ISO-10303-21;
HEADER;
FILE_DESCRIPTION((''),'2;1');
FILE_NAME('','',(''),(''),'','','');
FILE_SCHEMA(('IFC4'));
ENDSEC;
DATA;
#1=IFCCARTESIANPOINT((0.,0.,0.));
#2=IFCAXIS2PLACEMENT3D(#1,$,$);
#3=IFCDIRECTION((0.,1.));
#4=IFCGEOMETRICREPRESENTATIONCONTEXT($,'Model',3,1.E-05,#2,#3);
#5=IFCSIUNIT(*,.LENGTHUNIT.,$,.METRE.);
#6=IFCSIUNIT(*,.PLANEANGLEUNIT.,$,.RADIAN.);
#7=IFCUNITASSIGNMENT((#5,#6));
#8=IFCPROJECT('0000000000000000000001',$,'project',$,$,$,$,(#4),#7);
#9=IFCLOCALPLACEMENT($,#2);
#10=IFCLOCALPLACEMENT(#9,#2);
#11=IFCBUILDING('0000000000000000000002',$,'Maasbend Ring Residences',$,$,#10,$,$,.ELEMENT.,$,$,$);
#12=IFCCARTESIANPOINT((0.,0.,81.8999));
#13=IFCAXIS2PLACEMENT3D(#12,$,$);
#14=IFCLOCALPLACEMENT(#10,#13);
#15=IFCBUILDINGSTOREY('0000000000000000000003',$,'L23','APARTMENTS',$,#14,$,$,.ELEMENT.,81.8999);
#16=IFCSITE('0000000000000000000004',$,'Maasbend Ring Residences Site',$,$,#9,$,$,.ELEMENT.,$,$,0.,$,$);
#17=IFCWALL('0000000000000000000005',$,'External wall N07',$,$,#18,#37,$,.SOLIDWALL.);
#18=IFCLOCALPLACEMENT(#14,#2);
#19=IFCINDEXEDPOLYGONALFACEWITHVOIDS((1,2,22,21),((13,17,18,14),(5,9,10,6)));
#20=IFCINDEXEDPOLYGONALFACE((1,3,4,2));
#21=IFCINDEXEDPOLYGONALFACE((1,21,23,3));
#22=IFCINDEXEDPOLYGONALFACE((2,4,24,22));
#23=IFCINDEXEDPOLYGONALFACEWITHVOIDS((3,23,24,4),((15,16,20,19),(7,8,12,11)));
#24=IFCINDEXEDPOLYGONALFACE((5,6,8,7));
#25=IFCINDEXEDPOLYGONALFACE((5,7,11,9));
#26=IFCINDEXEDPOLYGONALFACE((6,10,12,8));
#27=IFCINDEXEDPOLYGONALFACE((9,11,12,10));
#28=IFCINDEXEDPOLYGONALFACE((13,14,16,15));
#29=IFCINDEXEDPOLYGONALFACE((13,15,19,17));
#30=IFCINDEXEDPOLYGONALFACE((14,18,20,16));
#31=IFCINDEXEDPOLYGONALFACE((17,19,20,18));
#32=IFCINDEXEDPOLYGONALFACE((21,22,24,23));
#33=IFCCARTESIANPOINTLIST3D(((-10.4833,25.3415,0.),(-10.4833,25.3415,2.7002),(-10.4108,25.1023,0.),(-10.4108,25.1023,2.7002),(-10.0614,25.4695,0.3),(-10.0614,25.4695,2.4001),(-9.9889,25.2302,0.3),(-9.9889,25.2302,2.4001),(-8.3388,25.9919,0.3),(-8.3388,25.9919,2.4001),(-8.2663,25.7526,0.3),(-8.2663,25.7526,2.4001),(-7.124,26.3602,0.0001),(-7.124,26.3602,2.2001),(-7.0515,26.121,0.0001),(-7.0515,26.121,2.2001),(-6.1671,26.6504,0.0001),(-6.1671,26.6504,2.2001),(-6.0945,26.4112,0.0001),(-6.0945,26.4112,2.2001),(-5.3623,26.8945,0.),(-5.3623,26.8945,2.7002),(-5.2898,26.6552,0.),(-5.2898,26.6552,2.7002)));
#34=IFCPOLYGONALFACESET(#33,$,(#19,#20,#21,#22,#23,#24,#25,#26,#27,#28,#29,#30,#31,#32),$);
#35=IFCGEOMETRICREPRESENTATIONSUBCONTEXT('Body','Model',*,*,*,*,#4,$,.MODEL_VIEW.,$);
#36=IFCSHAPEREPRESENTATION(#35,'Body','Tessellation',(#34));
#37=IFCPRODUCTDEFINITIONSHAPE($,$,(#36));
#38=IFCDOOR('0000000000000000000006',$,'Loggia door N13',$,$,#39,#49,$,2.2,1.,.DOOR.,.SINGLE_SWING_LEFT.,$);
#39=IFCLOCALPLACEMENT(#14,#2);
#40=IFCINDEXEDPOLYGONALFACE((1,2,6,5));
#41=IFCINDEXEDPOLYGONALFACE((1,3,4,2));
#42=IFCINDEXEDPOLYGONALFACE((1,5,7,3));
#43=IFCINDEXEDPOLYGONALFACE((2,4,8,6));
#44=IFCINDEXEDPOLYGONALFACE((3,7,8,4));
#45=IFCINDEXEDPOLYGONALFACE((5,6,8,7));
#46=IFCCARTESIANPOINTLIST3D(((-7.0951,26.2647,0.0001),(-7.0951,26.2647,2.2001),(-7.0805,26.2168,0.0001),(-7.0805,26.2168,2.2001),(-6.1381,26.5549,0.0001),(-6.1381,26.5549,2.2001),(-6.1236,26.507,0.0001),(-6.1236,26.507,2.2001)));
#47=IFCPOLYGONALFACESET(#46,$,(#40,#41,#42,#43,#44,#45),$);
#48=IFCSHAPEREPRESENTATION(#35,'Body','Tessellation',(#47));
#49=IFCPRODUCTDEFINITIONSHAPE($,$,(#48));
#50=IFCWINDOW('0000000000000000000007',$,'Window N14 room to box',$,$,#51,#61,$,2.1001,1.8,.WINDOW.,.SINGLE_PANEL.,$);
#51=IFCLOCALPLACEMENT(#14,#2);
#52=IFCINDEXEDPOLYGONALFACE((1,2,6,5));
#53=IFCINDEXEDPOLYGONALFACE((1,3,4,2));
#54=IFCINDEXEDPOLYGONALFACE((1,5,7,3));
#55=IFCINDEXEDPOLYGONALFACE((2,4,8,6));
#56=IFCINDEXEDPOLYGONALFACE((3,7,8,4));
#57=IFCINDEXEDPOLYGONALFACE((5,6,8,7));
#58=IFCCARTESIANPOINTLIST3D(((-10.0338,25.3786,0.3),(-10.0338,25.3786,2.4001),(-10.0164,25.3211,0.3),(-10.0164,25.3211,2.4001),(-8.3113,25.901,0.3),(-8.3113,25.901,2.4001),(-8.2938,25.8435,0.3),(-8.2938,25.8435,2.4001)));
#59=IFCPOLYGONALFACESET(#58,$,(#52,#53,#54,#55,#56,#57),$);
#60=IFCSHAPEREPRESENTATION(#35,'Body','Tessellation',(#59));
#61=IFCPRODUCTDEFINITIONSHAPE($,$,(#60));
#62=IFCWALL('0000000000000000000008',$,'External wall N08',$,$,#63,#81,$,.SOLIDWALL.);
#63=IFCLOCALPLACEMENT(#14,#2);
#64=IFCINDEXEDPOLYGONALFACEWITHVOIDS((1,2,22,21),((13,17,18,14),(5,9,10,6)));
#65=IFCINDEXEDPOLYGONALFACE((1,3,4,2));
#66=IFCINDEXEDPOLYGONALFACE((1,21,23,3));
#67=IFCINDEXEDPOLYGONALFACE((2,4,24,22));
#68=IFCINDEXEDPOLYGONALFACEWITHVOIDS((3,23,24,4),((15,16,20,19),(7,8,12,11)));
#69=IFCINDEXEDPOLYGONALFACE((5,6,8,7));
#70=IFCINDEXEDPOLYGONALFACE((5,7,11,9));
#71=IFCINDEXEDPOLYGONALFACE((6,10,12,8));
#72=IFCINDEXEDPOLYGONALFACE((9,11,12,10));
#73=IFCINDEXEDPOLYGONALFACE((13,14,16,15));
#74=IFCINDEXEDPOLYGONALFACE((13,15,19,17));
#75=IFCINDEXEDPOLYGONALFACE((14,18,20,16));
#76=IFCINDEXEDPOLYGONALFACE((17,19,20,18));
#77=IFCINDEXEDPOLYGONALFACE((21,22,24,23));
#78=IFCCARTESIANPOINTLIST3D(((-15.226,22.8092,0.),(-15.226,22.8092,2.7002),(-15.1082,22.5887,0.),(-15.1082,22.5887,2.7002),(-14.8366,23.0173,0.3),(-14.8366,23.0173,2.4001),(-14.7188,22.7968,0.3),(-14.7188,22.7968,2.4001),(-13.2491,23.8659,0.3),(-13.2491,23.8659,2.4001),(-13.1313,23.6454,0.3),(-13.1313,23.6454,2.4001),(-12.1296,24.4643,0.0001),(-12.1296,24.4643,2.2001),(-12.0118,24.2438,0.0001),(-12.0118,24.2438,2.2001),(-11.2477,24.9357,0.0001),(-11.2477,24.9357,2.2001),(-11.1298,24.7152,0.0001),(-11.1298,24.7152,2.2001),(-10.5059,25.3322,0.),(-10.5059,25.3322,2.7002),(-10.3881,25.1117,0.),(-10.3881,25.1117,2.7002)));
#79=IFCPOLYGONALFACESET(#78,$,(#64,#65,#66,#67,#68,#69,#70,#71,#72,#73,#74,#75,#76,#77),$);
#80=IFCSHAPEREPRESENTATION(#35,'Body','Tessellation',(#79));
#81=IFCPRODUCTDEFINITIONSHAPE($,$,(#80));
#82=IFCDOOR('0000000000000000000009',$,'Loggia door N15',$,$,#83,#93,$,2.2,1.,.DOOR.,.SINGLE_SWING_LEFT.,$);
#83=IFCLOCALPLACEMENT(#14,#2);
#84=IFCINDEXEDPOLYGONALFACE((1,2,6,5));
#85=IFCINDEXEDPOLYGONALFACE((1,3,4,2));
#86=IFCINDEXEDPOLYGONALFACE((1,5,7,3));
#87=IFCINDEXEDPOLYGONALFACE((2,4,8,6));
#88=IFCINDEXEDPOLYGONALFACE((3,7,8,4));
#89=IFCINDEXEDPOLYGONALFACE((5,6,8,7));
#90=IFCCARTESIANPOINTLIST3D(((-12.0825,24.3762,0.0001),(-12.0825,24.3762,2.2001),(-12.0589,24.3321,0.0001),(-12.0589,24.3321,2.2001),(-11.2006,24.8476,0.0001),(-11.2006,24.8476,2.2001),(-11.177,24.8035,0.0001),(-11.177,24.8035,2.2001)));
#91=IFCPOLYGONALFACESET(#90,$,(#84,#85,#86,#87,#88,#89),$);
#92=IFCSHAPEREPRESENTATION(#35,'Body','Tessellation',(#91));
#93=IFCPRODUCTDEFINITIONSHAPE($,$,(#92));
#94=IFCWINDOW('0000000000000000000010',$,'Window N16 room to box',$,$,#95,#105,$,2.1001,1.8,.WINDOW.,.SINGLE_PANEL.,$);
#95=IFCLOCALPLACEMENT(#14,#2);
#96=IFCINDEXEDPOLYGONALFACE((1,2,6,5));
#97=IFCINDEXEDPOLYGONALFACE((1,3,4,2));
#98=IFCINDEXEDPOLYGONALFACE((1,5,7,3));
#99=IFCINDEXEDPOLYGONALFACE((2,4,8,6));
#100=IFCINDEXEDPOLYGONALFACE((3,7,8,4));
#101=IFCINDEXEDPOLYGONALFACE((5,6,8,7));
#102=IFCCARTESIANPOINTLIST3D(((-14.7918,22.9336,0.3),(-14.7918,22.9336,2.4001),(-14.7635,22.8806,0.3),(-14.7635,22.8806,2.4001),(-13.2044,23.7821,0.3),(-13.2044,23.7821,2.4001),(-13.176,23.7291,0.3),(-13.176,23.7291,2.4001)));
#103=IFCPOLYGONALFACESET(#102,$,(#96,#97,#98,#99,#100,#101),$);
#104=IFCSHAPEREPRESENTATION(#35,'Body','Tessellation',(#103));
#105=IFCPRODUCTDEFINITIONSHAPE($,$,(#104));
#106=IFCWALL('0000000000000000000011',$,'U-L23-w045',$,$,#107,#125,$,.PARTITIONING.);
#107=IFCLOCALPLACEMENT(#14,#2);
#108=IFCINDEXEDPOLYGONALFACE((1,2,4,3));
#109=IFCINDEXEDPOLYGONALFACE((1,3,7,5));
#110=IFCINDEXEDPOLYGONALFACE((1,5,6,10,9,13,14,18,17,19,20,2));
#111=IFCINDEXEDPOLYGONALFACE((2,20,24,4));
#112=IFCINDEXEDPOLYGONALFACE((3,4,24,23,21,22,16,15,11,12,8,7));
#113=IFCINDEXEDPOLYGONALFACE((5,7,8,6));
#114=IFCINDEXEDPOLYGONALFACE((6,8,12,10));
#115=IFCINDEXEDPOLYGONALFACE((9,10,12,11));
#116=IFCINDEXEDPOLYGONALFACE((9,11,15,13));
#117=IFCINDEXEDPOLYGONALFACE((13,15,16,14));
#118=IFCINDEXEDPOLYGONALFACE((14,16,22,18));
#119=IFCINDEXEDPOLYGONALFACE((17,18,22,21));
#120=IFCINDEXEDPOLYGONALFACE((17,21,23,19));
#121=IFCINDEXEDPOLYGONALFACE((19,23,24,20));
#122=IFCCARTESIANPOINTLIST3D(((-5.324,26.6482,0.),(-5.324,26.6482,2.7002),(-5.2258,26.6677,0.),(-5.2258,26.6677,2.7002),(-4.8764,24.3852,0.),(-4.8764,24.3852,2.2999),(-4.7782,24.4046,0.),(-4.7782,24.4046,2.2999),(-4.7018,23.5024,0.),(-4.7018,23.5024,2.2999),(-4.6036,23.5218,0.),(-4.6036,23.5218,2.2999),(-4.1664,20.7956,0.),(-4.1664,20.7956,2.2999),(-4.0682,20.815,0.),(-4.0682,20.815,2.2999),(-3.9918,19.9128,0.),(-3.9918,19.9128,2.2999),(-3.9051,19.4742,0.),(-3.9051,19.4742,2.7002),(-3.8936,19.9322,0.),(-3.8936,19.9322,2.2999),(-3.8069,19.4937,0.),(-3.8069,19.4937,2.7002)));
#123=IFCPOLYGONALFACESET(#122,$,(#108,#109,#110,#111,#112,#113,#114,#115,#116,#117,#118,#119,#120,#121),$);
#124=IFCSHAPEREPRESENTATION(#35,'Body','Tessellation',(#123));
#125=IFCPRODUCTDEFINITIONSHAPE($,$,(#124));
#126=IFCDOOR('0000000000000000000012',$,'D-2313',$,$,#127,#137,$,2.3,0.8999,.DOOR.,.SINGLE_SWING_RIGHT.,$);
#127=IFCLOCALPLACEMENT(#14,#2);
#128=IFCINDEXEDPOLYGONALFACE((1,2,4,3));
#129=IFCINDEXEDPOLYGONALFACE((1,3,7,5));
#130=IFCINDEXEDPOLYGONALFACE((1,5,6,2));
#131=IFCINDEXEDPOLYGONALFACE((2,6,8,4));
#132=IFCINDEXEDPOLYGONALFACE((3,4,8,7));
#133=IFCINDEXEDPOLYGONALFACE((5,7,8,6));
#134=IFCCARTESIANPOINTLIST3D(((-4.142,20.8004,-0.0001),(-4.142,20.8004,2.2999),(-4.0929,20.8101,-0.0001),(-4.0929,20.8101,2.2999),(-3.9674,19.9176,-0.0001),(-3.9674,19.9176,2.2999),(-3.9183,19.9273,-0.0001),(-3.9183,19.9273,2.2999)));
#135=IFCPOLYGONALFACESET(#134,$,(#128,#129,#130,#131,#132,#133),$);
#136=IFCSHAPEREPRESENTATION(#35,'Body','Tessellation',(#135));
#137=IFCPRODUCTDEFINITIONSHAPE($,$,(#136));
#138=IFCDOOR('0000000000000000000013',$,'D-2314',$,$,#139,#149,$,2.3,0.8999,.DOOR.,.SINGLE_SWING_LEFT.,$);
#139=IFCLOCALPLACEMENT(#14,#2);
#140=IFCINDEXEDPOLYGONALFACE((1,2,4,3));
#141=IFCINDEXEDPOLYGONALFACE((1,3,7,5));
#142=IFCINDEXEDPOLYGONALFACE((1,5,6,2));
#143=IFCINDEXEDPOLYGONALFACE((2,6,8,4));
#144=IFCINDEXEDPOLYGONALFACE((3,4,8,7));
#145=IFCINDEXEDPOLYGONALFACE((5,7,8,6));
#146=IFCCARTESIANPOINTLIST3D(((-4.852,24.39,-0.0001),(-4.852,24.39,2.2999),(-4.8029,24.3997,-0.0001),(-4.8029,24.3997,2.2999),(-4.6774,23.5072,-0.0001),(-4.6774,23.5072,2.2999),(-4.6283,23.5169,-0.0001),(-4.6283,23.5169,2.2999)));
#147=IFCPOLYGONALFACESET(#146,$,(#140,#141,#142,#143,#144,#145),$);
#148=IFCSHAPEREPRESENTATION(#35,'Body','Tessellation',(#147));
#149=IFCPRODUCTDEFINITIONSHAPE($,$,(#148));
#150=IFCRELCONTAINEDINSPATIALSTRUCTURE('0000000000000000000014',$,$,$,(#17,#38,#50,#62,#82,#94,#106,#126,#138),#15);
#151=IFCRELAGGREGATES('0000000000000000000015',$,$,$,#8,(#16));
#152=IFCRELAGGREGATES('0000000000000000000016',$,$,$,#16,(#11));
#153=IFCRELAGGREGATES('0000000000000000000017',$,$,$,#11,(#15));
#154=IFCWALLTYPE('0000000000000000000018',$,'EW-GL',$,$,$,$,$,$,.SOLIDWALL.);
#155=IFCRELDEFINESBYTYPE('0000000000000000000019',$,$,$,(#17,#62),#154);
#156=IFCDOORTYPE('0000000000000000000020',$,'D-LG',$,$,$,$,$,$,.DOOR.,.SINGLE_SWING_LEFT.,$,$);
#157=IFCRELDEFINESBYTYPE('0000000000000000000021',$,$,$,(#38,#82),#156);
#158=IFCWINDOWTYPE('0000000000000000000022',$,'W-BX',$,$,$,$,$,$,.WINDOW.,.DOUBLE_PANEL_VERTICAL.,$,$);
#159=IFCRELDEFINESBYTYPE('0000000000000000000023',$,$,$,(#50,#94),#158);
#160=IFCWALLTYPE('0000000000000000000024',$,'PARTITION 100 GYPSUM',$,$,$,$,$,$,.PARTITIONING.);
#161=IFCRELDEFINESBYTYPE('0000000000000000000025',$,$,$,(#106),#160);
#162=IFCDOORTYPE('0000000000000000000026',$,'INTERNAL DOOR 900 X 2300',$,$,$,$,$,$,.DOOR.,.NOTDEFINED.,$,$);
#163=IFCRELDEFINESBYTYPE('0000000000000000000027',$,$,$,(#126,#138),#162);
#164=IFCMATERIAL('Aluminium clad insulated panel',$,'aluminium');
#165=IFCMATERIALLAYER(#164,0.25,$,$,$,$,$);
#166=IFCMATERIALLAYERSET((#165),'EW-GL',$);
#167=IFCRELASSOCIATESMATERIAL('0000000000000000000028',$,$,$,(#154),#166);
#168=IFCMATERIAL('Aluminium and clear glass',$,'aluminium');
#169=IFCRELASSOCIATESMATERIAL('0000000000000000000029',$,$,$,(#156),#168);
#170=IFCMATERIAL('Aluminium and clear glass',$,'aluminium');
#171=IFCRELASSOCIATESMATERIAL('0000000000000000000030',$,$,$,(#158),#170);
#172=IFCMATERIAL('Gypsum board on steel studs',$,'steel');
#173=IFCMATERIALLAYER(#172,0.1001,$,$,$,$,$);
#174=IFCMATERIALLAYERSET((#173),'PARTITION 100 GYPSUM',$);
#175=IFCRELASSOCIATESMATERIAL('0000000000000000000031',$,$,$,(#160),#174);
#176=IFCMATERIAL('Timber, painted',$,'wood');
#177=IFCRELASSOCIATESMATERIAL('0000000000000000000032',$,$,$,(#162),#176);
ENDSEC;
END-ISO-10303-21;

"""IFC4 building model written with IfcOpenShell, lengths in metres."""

from ifc_helpers import new_model, si_unit, direction, frame, frame_2d, origin, place, context, subcontext, project, spatial, rectangle, extrude, material, layer, layer_set, type_object, element, fill, save


model = new_model("IFC4")

# Units and contexts
model_context = context("Model", 3, precision=1e-05, world=origin(), true_north=direction((0.0, 1.0)))
body_context = subcontext(model_context, "Body", "Model", "MODEL_VIEW")
ifc_project = project(units=[si_unit("LENGTHUNIT", "METRE"), si_unit("PLANEANGLEUNIT", "RADIAN")], contexts=[model_context])

# Site, building, storey
site_placement = place(None, origin())
site = spatial("IfcSite", under=ifc_project, at=site_placement, Name="Maasbend Ring Residences Site", CompositionType="ELEMENT", RefElevation=0.0)
building_placement = place(site_placement, origin())
building = spatial("IfcBuilding", under=site, at=building_placement, Name="Maasbend Ring Residences", CompositionType="ELEMENT")
storey_placement = place(building_placement, frame((0.0, 0.0, 81.8999)))
storey = spatial("IfcBuildingStorey", under=building, at=storey_placement, Name="L23", Description="APARTMENTS", CompositionType="ELEMENT", Elevation=81.8999)

# Walls, openings, doors, windows
ifc_material_1 = material(Name="Aluminium clad insulated panel", Category="aluminium")
ifc_layer_1 = layer(ifc_material_1, 0.25)
ifc_layer_set_1 = layer_set([ifc_layer_1], Name="EW-GL")
wall_type_1 = type_object("IfcWallType", Name="EW-GL", PredefinedType="SOLIDWALL", material=ifc_layer_set_1)
wall_1_placement = place(storey_placement, frame((-5.3259, 26.7749, 0.0), z_axis=(0.0, 0.0, 1.0), x_axis=(-0.956966, -0.290201, 0.0)))
wall_1 = element("IfcWall", 1, at=wall_1_placement, inside=storey, type_object=wall_type_1, Name="External wall N07", PredefinedType="SOLIDWALL", context=body_context, shape_type="SweptSolid", body=[
    extrude(rectangle(XDim=5.3513, YDim=0.25, at=frame_2d((2.6758, 0.0))), origin(), (0.0, 0.0, 1.0), 2.7002),
])
opening_1_placement = place(wall_1_placement, frame((0.8411, 0.0, 0.0)))
opening_1 = element("IfcOpeningElement", 2, at=opening_1_placement, cuts=wall_1, PredefinedType="OPENING", context=body_context, shape_type="SweptSolid", body=[
    extrude(rectangle(XDim=1.0, YDim=2.2, at=frame_2d((0.5, 1.1001))), frame((0.0, 0.135, 0.0), z_axis=(0.0, -1.0, 0.0), x_axis=(1.0, 0.0, 0.0)), (0.0, 0.0, 1.0), 0.27),
])
opening_2_placement = place(wall_1_placement, frame((3.1106, 0.0, 0.3)))
opening_2 = element("IfcOpeningElement", 3, at=opening_2_placement, cuts=wall_1, PredefinedType="OPENING", context=body_context, shape_type="SweptSolid", body=[
    extrude(rectangle(XDim=1.8, YDim=2.1001, at=frame_2d((0.8999, 1.05))), frame((0.0, 0.135, 0.0), z_axis=(0.0, -1.0, 0.0), x_axis=(1.0, 0.0, 0.0)), (0.0, 0.0, 1.0), 0.27),
])
ifc_material_2 = material(Name="Aluminium and clear glass", Category="aluminium")
door_type_1 = type_object("IfcDoorType", Name="D-LG", OperationType="SINGLE_SWING_LEFT", PredefinedType="DOOR", material=ifc_material_2)
door_1_placement = place(opening_1_placement, origin())
door_1 = element("IfcDoor", 4, at=door_1_placement, inside=storey, type_object=door_type_1, Name="Loggia door N13", OperationType="SINGLE_SWING_LEFT", OverallHeight=2.2, OverallWidth=1.0, PredefinedType="DOOR", context=body_context, shape_type="SweptSolid", body=[
    extrude(rectangle(XDim=1.0, YDim=2.2, at=frame_2d((0.5, 1.1001))), frame((0.0, 0.0249, 0.0), z_axis=(0.0, -1.0, 0.0), x_axis=(1.0, 0.0, 0.0)), (0.0, 0.0, 1.0), 0.05),
])
fill(opening_1, door_1)
ifc_material_3 = material(Name="Aluminium and clear glass", Category="aluminium")
window_type_1 = type_object("IfcWindowType", Name="W-BX", PartitioningType="DOUBLE_PANEL_VERTICAL", PredefinedType="WINDOW", material=ifc_material_3)
window_1_placement = place(opening_2_placement, origin())
window_1 = element("IfcWindow", 5, at=window_1_placement, inside=storey, type_object=window_type_1, Name="Window N14 room to box", OverallHeight=2.1001, OverallWidth=1.8, PartitioningType="SINGLE_PANEL", PredefinedType="WINDOW", context=body_context, shape_type="SweptSolid", body=[
    extrude(rectangle(XDim=1.8, YDim=2.1001, at=frame_2d((0.8999, 1.05))), frame((0.0, 0.03, 0.0), z_axis=(0.0, -1.0, 0.0), x_axis=(1.0, 0.0, 0.0)), (0.0, 0.0, 1.0), 0.0601),
])
fill(opening_2, window_1)
wall_2_placement = place(storey_placement, frame((-10.447, 25.2219, 0.0), z_axis=(0.0, 0.0, 1.0), x_axis=(-0.881916, -0.471407, 0.0)))
wall_2 = element("IfcWall", 6, at=wall_2_placement, inside=storey, type_object=wall_type_1, Name="External wall N08", PredefinedType="SOLIDWALL", context=body_context, shape_type="SweptSolid", body=[
    extrude(rectangle(XDim=5.3521, YDim=0.25, at=frame_2d((2.676, 0.0))), origin(), (0.0, 0.0, 1.0), 2.7002),
])
opening_3_placement = place(wall_2_placement, frame((0.8411, 0.0, 0.0)))
opening_3 = element("IfcOpeningElement", 7, at=opening_3_placement, cuts=wall_2, PredefinedType="OPENING", context=body_context, shape_type="SweptSolid", body=[
    extrude(rectangle(XDim=1.0, YDim=2.2, at=frame_2d((0.5, 1.1001))), frame((0.0, 0.135, 0.0), z_axis=(0.0, -1.0, 0.0), x_axis=(1.0, 0.0, 0.0)), (0.0, 0.0, 1.0), 0.27),
])
opening_4_placement = place(wall_2_placement, frame((3.1106, 0.0, 0.3)))
opening_4 = element("IfcOpeningElement", 8, at=opening_4_placement, cuts=wall_2, PredefinedType="OPENING", context=body_context, shape_type="SweptSolid", body=[
    extrude(rectangle(XDim=1.8, YDim=2.1001, at=frame_2d((0.8999, 1.05))), frame((0.0, 0.135, 0.0), z_axis=(0.0, -1.0, 0.0), x_axis=(1.0, 0.0, 0.0)), (0.0, 0.0, 1.0), 0.27),
])
door_2_placement = place(opening_3_placement, origin())
door_2 = element("IfcDoor", 9, at=door_2_placement, inside=storey, type_object=door_type_1, Name="Loggia door N15", OperationType="SINGLE_SWING_LEFT", OverallHeight=2.2, OverallWidth=1.0, PredefinedType="DOOR", context=body_context, shape_type="SweptSolid", body=[
    extrude(rectangle(XDim=1.0, YDim=2.2, at=frame_2d((0.5, 1.1001))), frame((0.0, 0.0249, 0.0), z_axis=(0.0, -1.0, 0.0), x_axis=(1.0, 0.0, 0.0)), (0.0, 0.0, 1.0), 0.05),
])
fill(opening_3, door_2)
window_2_placement = place(opening_4_placement, origin())
window_2 = element("IfcWindow", 10, at=window_2_placement, inside=storey, type_object=window_type_1, Name="Window N16 room to box", OverallHeight=2.1001, OverallWidth=1.8, PartitioningType="SINGLE_PANEL", PredefinedType="WINDOW", context=body_context, shape_type="SweptSolid", body=[
    extrude(rectangle(XDim=1.8, YDim=2.1001, at=frame_2d((0.8999, 1.05))), frame((0.0, 0.03, 0.0), z_axis=(0.0, -1.0, 0.0), x_axis=(1.0, 0.0, 0.0)), (0.0, 0.0, 1.0), 0.0601),
])
fill(opening_4, window_2)

# Wall, openings, doors
ifc_material_4 = material(Name="Gypsum board on steel studs", Category="steel")
ifc_layer_2 = layer(ifc_material_4, 0.1001)
ifc_layer_set_2 = layer_set([ifc_layer_2], Name="PARTITION 100 GYPSUM")
wall_type_2 = type_object("IfcWallType", Name="PARTITION 100 GYPSUM", PredefinedType="PARTITIONING", material=ifc_layer_set_2)
wall_3_placement = place(storey_placement, frame((-5.2749, 26.658, 0.0), z_axis=(0.0, 0.0, 1.0), x_axis=(0.194029, -0.980996, 0.0)))
wall_3 = element("IfcWall", 11, at=wall_3_placement, inside=storey, type_object=wall_type_2, Name="U-L23-w045", PredefinedType="PARTITIONING", context=body_context, shape_type="SweptSolid", body=[
    extrude(rectangle(XDim=7.313, YDim=0.1001, at=frame_2d((3.6565, 0.0))), origin(), (0.0, 0.0, 1.0), 2.7002),
])
opening_5_placement = place(wall_3_placement, frame((5.9661, 0.0, 0.0)))
opening_5 = element("IfcOpeningElement", 12, at=opening_5_placement, cuts=wall_3, PredefinedType="OPENING", context=body_context, shape_type="SweptSolid", body=[
    extrude(rectangle(XDim=0.8999, YDim=2.3, at=frame_2d((0.45, 1.1499))), frame((0.0, 0.0601, 0.0), z_axis=(0.0, -1.0, 0.0), x_axis=(1.0, 0.0, 0.0)), (0.0, 0.0, 1.0), 0.1201),
])
opening_6_placement = place(wall_3_placement, frame((2.3069, 0.0, 0.0)))
opening_6 = element("IfcOpeningElement", 13, at=opening_6_placement, cuts=wall_3, PredefinedType="OPENING", context=body_context, shape_type="SweptSolid", body=[
    extrude(rectangle(XDim=0.8999, YDim=2.3, at=frame_2d((0.45, 1.1499))), frame((0.0, 0.0601, 0.0), z_axis=(0.0, -1.0, 0.0), x_axis=(1.0, 0.0, 0.0)), (0.0, 0.0, 1.0), 0.1201),
])
ifc_material_5 = material(Name="Timber, painted", Category="wood")
door_type_2 = type_object("IfcDoorType", Name="INTERNAL DOOR 900 X 2300", OperationType="NOTDEFINED", PredefinedType="DOOR", material=ifc_material_5)
door_3_placement = place(opening_5_placement, origin())
door_3 = element("IfcDoor", 14, at=door_3_placement, inside=storey, type_object=door_type_2, Name="D-2313", OperationType="SINGLE_SWING_RIGHT", OverallHeight=2.3, OverallWidth=0.8999, PredefinedType="DOOR", context=body_context, shape_type="SweptSolid", body=[
    extrude(rectangle(XDim=0.8999, YDim=2.3, at=frame_2d((0.45, 1.1499))), frame((0.0, 0.0249, 0.0), z_axis=(0.0, -1.0, 0.0), x_axis=(1.0, 0.0, 0.0)), (0.0, 0.0, 1.0), 0.05),
])
fill(opening_5, door_3)
door_4_placement = place(opening_6_placement, origin())
door_4 = element("IfcDoor", 15, at=door_4_placement, inside=storey, type_object=door_type_2, Name="D-2314", OperationType="SINGLE_SWING_LEFT", OverallHeight=2.3, OverallWidth=0.8999, PredefinedType="DOOR", context=body_context, shape_type="SweptSolid", body=[
    extrude(rectangle(XDim=0.8999, YDim=2.3, at=frame_2d((0.45, 1.1499))), frame((0.0, 0.0249, 0.0), z_axis=(0.0, -1.0, 0.0), x_axis=(1.0, 0.0, 0.0)), (0.0, 0.0, 1.0), 0.05),
])
fill(opening_6, door_4)

save(model, "model.ifc")
